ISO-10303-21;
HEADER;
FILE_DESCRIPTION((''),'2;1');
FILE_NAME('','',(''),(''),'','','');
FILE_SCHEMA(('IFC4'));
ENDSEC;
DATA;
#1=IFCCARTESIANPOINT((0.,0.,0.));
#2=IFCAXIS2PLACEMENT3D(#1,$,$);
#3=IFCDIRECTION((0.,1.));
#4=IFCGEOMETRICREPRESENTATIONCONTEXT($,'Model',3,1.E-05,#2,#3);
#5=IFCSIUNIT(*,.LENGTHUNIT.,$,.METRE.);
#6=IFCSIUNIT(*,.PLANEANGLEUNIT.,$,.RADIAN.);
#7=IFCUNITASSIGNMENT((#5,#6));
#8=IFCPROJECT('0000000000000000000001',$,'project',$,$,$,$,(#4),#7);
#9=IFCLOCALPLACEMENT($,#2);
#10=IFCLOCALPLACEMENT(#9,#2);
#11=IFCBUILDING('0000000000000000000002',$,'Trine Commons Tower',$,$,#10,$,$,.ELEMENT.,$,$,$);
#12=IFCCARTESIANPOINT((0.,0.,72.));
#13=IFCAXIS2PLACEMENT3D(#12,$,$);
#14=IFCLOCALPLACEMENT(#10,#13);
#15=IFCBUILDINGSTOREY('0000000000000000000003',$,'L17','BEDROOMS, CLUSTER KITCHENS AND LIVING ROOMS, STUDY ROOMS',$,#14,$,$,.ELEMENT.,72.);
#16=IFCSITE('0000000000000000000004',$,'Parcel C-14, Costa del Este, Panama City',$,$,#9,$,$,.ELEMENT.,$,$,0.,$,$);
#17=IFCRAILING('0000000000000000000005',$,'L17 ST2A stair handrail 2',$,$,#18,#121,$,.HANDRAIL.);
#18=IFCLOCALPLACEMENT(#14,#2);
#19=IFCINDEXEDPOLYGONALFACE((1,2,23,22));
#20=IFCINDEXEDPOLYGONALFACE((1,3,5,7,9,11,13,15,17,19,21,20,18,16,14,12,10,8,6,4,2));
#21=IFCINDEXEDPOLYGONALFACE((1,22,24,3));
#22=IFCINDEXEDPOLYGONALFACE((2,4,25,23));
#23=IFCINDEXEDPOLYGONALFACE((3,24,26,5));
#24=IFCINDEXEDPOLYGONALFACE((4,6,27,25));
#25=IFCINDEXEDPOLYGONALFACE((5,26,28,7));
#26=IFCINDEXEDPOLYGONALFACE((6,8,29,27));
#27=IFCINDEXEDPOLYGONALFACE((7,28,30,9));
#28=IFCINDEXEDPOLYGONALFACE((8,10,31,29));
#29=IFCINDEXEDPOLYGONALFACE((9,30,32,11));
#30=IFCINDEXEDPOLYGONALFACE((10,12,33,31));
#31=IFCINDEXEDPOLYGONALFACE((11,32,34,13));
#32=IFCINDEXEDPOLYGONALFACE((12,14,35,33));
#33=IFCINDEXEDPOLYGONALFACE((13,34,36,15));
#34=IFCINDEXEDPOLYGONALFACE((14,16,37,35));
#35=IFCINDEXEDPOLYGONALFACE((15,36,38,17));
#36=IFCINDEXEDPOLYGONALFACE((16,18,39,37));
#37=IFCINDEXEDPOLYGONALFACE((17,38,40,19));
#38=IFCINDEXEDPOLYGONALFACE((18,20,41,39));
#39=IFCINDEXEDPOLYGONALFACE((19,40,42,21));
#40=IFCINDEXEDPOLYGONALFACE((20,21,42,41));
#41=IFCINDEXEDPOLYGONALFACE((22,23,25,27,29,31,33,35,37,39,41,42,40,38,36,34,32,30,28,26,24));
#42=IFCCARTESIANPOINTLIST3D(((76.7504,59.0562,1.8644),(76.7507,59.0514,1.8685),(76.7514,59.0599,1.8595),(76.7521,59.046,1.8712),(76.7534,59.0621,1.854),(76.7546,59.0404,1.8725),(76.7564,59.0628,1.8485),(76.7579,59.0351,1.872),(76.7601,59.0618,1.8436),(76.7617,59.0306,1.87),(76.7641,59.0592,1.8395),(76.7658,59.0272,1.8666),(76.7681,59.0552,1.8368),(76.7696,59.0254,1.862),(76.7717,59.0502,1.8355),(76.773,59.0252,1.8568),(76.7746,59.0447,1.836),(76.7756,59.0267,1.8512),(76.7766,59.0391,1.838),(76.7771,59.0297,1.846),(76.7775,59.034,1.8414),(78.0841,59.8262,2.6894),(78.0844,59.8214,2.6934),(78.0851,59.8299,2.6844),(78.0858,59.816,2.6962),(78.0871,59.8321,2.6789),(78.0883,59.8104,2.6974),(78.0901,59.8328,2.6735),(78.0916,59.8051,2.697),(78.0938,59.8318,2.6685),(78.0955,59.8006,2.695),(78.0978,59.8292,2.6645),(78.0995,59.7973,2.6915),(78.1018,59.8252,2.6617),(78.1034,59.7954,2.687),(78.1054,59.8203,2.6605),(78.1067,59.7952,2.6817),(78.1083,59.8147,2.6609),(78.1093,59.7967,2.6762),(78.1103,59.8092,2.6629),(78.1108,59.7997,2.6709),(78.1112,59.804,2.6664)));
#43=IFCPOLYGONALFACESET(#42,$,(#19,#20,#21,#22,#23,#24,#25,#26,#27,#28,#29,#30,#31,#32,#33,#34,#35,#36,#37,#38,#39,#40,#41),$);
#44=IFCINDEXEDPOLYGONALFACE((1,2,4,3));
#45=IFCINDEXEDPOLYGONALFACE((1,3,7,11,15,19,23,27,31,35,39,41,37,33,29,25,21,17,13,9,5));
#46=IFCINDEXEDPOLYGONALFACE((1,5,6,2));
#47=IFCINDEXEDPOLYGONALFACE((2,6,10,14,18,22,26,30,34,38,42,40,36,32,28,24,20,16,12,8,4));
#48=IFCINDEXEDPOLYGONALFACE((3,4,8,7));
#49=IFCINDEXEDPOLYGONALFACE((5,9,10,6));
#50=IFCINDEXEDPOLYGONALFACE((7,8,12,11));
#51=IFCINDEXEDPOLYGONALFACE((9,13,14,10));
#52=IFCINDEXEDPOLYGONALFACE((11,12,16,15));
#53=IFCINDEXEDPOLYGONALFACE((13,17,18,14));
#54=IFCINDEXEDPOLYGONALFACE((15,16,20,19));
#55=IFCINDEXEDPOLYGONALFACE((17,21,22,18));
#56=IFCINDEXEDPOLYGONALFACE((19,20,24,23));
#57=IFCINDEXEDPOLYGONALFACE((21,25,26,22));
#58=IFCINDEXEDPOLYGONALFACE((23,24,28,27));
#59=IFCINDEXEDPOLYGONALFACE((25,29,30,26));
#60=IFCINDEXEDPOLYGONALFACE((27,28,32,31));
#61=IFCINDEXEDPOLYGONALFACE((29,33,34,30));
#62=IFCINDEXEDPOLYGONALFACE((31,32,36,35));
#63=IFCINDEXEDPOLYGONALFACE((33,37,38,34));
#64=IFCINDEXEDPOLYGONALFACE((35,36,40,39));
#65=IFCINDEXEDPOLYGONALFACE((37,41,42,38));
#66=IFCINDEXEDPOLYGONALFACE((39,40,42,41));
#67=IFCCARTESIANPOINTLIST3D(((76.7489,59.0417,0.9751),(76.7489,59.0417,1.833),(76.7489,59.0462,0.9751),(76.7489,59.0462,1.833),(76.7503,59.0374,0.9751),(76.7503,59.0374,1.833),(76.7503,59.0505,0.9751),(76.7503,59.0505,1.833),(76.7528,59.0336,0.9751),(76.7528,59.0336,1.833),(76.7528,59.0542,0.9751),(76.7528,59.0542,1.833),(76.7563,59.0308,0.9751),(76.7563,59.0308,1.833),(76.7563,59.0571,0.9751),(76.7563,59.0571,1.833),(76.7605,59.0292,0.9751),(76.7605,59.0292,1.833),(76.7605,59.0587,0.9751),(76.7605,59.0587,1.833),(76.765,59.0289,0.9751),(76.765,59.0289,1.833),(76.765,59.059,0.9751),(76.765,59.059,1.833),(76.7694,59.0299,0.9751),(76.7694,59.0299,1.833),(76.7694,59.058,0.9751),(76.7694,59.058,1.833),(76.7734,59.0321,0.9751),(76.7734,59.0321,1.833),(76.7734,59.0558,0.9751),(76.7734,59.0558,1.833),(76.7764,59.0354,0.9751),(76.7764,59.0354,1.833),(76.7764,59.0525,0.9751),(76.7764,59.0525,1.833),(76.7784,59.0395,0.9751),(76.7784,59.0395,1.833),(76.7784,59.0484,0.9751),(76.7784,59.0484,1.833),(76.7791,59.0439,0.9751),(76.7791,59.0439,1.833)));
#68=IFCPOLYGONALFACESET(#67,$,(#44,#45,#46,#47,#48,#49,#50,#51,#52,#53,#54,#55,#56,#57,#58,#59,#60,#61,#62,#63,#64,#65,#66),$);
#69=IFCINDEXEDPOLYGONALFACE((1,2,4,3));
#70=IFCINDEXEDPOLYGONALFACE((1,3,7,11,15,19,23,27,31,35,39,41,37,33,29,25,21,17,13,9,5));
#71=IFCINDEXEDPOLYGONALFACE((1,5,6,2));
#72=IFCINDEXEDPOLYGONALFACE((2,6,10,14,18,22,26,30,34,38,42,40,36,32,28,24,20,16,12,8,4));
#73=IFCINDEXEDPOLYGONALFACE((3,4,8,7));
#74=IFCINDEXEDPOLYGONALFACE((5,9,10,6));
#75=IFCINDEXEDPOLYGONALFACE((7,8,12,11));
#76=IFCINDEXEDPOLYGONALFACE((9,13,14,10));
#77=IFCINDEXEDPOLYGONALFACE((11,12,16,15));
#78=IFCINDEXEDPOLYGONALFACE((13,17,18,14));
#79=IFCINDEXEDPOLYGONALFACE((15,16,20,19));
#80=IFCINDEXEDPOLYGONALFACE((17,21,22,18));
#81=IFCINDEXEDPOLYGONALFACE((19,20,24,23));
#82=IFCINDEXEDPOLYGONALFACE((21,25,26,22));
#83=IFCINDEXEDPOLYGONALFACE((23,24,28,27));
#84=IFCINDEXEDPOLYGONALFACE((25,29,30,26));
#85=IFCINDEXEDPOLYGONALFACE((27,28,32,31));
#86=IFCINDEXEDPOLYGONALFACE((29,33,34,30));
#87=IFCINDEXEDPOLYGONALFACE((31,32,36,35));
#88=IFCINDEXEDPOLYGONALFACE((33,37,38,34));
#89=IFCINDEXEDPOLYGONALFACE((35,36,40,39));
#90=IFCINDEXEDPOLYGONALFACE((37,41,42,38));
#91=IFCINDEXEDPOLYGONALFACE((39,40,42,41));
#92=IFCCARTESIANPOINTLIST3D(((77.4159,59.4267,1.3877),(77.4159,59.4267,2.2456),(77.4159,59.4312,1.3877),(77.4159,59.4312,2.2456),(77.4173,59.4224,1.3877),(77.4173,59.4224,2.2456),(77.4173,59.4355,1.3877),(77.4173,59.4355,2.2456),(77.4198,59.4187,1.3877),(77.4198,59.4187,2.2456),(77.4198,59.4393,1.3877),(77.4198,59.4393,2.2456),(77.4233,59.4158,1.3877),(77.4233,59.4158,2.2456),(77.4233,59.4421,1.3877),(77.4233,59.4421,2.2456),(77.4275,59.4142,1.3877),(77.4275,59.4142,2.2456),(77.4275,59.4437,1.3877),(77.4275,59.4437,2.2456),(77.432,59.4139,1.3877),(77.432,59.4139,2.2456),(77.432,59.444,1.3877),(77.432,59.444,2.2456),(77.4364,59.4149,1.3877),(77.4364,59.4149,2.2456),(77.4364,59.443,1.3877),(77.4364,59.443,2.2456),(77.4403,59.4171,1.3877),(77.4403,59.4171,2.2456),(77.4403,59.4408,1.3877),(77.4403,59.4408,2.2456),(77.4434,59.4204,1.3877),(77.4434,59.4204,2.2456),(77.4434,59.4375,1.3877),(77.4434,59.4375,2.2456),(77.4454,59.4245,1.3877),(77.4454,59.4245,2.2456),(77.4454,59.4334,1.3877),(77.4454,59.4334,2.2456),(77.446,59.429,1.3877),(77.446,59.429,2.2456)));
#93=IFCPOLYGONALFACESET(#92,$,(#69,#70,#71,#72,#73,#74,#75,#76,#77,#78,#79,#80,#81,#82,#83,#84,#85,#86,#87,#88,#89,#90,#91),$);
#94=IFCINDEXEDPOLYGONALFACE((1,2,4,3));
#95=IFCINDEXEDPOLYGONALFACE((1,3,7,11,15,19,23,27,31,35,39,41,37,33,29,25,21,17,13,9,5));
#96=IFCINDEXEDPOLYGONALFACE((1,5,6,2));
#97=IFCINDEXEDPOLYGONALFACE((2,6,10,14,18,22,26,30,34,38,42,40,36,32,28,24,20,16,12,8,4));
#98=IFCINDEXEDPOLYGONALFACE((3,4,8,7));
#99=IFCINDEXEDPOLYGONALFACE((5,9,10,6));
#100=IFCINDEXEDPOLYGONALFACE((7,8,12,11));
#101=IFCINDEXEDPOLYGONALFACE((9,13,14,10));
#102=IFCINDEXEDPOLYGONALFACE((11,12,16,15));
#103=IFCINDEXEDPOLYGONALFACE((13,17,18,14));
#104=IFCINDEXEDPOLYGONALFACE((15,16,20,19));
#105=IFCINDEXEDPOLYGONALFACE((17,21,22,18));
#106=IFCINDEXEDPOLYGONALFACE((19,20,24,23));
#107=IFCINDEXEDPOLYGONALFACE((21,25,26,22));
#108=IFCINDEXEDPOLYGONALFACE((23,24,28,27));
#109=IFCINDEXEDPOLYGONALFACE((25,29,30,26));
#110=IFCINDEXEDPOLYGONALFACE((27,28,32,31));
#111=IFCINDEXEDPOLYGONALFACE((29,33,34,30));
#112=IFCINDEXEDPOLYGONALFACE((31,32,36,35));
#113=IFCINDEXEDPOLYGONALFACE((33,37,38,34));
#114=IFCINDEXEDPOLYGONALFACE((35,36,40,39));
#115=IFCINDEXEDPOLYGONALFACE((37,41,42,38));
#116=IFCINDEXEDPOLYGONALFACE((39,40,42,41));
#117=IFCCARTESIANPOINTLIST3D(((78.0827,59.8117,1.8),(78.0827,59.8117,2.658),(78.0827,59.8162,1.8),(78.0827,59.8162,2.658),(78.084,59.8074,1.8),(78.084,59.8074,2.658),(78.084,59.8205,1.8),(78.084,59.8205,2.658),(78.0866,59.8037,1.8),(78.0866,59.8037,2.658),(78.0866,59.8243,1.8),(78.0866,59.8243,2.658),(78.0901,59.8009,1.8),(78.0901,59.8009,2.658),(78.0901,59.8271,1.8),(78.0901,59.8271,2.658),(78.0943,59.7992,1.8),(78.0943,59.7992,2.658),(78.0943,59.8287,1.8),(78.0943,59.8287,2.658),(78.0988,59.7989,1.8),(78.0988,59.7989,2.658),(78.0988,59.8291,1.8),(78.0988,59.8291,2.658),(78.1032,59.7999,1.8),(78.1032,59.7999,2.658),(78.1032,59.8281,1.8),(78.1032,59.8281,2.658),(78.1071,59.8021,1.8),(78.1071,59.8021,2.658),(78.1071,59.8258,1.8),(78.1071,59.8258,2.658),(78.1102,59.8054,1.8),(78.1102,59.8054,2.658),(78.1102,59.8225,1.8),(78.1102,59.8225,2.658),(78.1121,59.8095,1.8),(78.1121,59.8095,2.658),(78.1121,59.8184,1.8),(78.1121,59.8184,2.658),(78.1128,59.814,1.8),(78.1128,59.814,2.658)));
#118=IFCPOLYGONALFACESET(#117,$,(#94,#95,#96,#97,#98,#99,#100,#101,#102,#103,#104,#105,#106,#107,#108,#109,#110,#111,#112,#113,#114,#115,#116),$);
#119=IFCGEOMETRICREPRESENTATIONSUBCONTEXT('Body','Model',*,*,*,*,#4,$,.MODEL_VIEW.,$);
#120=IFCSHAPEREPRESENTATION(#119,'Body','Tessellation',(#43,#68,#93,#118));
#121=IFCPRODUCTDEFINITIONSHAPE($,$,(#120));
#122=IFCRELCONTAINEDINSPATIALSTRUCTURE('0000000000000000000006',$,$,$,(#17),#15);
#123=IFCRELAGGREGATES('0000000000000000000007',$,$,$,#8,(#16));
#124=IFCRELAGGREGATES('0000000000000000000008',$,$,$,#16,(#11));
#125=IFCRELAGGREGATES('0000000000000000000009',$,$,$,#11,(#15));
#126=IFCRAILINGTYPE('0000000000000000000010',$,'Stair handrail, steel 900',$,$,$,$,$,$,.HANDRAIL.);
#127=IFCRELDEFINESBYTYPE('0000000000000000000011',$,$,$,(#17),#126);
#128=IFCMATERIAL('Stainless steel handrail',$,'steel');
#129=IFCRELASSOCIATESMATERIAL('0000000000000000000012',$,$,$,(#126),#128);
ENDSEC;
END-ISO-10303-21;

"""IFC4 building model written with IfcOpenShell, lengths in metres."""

from ifc_helpers import new_model, si_unit, direction, frame, origin, origin_2d, place, context, subcontext, project, spatial, circle, extrude, material, type_object, element, save


model = new_model("IFC4")

# Units and contexts
model_context = context("Model", 3, precision=1e-05, world=origin(), true_north=direction((0.0, 1.0)))
body_context = subcontext(model_context, "Body", "Model", "MODEL_VIEW")
ifc_project = project(units=[si_unit("LENGTHUNIT", "METRE"), si_unit("PLANEANGLEUNIT", "RADIAN")], contexts=[model_context])

# Site, building, storey
site_placement = place(None, origin())
site = spatial("IfcSite", under=ifc_project, at=site_placement, Name="Parcel C-14, Costa del Este, Panama City", CompositionType="ELEMENT", RefElevation=0.0)
building_placement = place(site_placement, origin())
building = spatial("IfcBuilding", under=site, at=building_placement, Name="Trine Commons Tower", CompositionType="ELEMENT")
storey_placement = place(building_placement, frame((0.0, 0.0, 72.0)))
storey = spatial("IfcBuildingStorey", under=building, at=storey_placement, Name="L17", Description="BEDROOMS, CLUSTER KITCHENS AND LIVING ROOMS, STUDY ROOMS", CompositionType="ELEMENT", Elevation=72.0)

# Railing
ifc_material_1 = material(Name="Stainless steel handrail", Category="steel")
railing_type_1 = type_object("IfcRailingType", Name="Stair handrail, steel 900", PredefinedType="HANDRAIL", material=ifc_material_1)
railing_1_placement = place(storey_placement, frame((76.7639, 59.0439, 0.9751)))
element("IfcRailing", 1, at=railing_1_placement, inside=storey, type_object=railing_type_1, Name="L17 ST2A stair handrail 2", PredefinedType="HANDRAIL", context=body_context, shape_type="SweptSolid", body=[
    extrude(circle(Radius=0.021, at=origin_2d()), frame((0.0, 0.0, 0.8789), z_axis=(0.763405, 0.440743, 0.472185), x_axis=(-0.499992, 0.86603, 0.0)), (0.0, 0.0, 1.0), 1.7471),
    extrude(circle(Radius=0.0151, at=origin_2d()), origin(), (0.0, 0.0, 1.0), 0.8579),
    extrude(circle(Radius=0.0151, at=origin_2d()), frame((0.667, 0.385, 0.4126)), (0.0, 0.0, 1.0), 0.8579),
    extrude(circle(Radius=0.0151, at=origin_2d()), frame((1.3337, 0.77, 0.825)), (0.0, 0.0, 1.0), 0.8579),
])

save(model, "model.ifc")
